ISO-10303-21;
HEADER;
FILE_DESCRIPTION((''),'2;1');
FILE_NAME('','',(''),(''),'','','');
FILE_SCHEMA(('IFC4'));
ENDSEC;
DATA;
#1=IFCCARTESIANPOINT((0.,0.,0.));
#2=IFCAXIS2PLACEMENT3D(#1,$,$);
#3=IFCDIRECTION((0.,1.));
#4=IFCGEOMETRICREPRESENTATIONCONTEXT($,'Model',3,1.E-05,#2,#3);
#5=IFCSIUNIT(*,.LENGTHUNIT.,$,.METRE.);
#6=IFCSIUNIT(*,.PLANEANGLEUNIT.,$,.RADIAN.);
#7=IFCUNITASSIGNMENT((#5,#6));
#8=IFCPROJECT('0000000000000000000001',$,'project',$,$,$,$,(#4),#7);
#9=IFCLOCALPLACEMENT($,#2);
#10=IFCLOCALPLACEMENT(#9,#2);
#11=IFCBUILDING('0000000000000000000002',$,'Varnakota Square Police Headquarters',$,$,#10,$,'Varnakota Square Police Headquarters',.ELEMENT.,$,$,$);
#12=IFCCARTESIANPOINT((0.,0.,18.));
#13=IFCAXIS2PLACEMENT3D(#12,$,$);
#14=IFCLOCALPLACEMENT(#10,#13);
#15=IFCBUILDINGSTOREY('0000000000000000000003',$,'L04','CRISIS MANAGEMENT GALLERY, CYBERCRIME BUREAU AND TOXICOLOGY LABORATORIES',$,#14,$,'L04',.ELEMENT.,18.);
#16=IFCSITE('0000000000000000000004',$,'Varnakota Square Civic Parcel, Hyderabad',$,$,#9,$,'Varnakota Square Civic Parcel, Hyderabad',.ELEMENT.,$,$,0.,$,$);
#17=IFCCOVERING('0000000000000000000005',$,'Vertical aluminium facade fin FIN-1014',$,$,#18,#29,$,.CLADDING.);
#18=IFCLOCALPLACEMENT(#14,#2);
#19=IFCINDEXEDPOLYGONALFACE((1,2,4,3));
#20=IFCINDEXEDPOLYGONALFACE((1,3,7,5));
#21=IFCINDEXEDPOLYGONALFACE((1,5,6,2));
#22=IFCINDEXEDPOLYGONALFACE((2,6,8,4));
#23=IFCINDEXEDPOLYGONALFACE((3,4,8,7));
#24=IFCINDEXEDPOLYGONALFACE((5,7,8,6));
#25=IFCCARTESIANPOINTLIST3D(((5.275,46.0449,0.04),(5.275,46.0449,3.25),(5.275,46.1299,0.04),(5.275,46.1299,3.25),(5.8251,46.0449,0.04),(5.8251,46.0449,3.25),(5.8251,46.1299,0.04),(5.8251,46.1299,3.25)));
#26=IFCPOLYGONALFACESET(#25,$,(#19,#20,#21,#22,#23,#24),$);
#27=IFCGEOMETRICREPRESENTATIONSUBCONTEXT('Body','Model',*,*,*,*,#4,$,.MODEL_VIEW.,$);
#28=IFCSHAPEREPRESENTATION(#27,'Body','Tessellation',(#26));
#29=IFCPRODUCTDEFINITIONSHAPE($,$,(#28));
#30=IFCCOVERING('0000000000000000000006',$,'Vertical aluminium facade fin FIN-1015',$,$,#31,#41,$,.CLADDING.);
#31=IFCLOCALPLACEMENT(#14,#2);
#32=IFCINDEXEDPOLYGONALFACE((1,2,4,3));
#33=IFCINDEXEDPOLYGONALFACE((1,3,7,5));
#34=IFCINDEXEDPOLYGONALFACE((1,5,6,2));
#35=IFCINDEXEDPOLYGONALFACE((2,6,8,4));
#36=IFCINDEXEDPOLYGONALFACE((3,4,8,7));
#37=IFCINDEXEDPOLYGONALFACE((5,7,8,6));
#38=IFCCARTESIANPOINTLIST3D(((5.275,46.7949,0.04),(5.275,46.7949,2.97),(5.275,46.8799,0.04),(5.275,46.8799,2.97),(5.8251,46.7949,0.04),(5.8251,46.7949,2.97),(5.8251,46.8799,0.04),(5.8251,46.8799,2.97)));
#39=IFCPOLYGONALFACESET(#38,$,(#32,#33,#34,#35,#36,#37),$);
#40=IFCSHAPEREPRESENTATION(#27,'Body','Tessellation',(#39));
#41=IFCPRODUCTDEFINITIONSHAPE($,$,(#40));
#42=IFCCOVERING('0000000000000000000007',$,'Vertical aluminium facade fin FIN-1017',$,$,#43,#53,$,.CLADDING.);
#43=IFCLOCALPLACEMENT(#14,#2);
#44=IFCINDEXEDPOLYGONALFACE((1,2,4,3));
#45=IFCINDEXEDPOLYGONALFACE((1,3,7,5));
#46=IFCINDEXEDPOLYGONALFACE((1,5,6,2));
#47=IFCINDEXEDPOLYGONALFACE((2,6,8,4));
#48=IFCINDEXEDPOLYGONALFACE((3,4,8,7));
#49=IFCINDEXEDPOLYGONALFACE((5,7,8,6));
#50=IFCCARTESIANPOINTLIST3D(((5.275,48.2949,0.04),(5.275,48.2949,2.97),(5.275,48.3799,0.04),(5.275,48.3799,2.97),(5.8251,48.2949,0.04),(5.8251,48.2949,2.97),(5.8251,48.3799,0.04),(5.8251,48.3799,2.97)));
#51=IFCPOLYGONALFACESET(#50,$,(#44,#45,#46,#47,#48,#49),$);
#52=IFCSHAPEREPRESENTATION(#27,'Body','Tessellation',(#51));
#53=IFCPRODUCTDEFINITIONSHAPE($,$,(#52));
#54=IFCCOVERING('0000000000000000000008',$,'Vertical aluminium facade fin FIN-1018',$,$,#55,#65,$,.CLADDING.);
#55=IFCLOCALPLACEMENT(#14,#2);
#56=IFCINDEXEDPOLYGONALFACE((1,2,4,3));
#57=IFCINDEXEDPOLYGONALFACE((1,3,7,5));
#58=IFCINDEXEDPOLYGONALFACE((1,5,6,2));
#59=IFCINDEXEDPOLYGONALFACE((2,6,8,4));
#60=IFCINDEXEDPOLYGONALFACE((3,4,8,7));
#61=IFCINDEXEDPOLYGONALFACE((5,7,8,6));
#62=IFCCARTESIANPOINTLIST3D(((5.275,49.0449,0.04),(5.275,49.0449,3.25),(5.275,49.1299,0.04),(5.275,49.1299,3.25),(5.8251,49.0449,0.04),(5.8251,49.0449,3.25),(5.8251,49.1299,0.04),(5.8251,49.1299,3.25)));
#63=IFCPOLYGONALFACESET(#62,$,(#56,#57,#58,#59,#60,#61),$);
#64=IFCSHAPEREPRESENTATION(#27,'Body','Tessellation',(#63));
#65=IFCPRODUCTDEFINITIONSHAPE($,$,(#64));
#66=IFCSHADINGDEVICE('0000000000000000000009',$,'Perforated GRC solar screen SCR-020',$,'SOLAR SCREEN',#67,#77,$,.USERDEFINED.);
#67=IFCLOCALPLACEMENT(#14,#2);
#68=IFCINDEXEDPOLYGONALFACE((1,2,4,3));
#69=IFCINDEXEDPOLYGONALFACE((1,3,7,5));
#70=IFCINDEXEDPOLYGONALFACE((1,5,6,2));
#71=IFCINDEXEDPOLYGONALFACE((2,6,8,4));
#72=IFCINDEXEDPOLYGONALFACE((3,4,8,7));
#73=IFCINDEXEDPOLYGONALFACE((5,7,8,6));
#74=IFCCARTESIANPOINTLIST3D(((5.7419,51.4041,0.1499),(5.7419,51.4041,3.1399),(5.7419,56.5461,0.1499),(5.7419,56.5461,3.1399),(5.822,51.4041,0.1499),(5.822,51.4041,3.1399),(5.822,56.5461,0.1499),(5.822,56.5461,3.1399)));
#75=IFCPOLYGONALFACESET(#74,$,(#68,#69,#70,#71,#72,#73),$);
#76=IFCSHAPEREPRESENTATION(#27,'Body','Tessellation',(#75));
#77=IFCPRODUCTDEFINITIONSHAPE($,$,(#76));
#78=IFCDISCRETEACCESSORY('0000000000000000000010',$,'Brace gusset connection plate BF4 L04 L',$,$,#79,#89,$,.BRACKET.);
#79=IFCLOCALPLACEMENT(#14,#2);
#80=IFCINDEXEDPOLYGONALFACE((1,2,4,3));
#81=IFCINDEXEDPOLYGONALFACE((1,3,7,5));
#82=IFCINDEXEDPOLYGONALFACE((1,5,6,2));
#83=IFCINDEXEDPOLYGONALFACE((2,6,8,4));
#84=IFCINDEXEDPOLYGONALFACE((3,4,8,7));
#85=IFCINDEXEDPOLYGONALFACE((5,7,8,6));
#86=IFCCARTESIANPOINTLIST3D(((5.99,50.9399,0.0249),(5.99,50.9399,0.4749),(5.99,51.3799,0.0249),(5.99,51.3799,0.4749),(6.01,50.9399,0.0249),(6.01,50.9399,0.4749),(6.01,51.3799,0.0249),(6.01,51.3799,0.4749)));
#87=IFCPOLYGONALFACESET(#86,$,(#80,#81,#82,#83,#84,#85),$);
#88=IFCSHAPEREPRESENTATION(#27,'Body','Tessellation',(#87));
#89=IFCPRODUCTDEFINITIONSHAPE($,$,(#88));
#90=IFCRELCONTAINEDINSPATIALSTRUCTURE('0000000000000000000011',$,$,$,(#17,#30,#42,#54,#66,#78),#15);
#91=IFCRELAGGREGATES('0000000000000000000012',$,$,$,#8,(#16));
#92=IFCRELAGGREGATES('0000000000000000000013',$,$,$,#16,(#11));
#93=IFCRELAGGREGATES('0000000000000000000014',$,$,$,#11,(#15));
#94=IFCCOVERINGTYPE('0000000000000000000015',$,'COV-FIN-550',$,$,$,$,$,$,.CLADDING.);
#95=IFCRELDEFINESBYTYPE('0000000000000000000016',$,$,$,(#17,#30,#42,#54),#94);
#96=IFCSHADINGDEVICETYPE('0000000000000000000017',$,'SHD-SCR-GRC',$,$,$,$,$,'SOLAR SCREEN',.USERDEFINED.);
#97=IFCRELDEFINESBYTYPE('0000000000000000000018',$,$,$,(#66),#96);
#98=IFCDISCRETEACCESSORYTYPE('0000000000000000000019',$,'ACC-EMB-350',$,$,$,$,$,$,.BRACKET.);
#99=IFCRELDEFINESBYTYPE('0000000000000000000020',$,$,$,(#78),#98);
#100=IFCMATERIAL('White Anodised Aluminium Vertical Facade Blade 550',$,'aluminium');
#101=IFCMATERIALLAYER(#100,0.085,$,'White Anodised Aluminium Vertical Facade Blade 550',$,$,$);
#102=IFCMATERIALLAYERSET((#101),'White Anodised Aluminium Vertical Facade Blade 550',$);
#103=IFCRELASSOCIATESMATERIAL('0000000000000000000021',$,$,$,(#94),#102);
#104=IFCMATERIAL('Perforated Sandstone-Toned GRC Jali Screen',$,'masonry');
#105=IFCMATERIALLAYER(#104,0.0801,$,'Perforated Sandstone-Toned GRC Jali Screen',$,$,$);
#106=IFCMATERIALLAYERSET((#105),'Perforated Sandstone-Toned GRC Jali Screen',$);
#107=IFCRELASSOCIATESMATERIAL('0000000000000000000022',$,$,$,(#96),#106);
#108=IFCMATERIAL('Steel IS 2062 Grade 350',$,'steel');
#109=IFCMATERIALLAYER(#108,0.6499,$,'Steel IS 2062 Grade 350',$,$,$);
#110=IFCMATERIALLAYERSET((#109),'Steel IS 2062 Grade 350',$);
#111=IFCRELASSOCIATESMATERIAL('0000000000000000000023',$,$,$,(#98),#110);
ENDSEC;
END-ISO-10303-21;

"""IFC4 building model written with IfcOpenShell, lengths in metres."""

from ifc_helpers import new_model, si_unit, direction, frame, origin, origin_2d, place, context, subcontext, project, spatial, rectangle, extrude, material, layer, layer_set, type_object, element, save


model = new_model("IFC4")

# Units and contexts
model_context = context("Model", 3, precision=1e-05, world=origin(), true_north=direction((0.0, 1.0)))
body_context = subcontext(model_context, "Body", "Model", "MODEL_VIEW")
ifc_project = project(units=[si_unit("LENGTHUNIT", "METRE"), si_unit("PLANEANGLEUNIT", "RADIAN")], contexts=[model_context])

# Site, building, storey
site_placement = place(None, origin())
site = spatial("IfcSite", under=ifc_project, at=site_placement, Name="Varnakota Square Civic Parcel, Hyderabad", LongName="Varnakota Square Civic Parcel, Hyderabad", CompositionType="ELEMENT", RefElevation=0.0)
building_placement = place(site_placement, origin())
building = spatial("IfcBuilding", under=site, at=building_placement, Name="Varnakota Square Police Headquarters", LongName="Varnakota Square Police Headquarters", CompositionType="ELEMENT")
storey_placement = place(building_placement, frame((0.0, 0.0, 18.0)))
storey = spatial("IfcBuildingStorey", under=building, at=storey_placement, Name="L04", Description="CRISIS MANAGEMENT GALLERY, CYBERCRIME BUREAU AND TOXICOLOGY LABORATORIES", LongName="L04", CompositionType="ELEMENT", Elevation=18.0)

# Shared definitions
ifc_material_1 = material(Name="Steel IS 2062 Grade 350", Category="steel")

# Coverings
ifc_material_2 = material(Name="White Anodised Aluminium Vertical Facade Blade 550", Category="aluminium")
ifc_layer_1 = layer(ifc_material_2, 0.085, Name="White Anodised Aluminium Vertical Facade Blade 550")
ifc_layer_set_1 = layer_set([ifc_layer_1], Name="White Anodised Aluminium Vertical Facade Blade 550")
covering_type_1 = type_object("IfcCoveringType", Name="COV-FIN-550", PredefinedType="CLADDING", material=ifc_layer_set_1)
covering_1_placement = place(storey_placement, frame((5.55, 46.0874, 0.04), z_axis=(0.0, 0.0, 1.0), x_axis=(0.0, 1.0, 0.0)))
element("IfcCovering", 1, at=covering_1_placement, inside=storey, type_object=covering_type_1, Name="Vertical aluminium facade fin FIN-1014", PredefinedType="CLADDING", context=body_context, shape_type="SweptSolid", body=[
    extrude(rectangle(XDim=0.085, YDim=0.55, at=origin_2d()), origin(), (0.0, 0.0, 1.0), 3.21),
])
for number, where, z_axis, x_axis, name in (
    (2, (5.55, 46.8374, 0.04), (0.0, 0.0, 1.0), (0.0, 1.0, 0.0), "Vertical aluminium facade fin FIN-1015"),
    (3, (5.55, 48.3374, 0.04), (0.0, 0.0, 1.0), (0.0, 1.0, 0.0), "Vertical aluminium facade fin FIN-1017"),
):
    element("IfcCovering", number, at=place(storey_placement, frame(where, z_axis=z_axis, x_axis=x_axis)), inside=storey, type_object=covering_type_1, Name=name, PredefinedType="CLADDING", context=body_context, shape_type="SweptSolid", body=[
        extrude(rectangle(XDim=0.085, YDim=0.55, at=origin_2d()), origin(), (0.0, 0.0, 1.0), 2.9299),
    ])
covering_2_placement = place(storey_placement, frame((5.55, 49.0874, 0.04), z_axis=(0.0, 0.0, 1.0), x_axis=(0.0, 1.0, 0.0)))
element("IfcCovering", 4, at=covering_2_placement, inside=storey, type_object=covering_type_1, Name="Vertical aluminium facade fin FIN-1018", PredefinedType="CLADDING", context=body_context, shape_type="SweptSolid", body=[
    extrude(rectangle(XDim=0.085, YDim=0.55, at=origin_2d()), origin(), (0.0, 0.0, 1.0), 3.21),
])

# Shading device
ifc_material_3 = material(Name="Perforated Sandstone-Toned GRC Jali Screen", Category="masonry")
ifc_layer_2 = layer(ifc_material_3, 0.0801, Name="Perforated Sandstone-Toned GRC Jali Screen")
ifc_layer_set_2 = layer_set([ifc_layer_2], Name="Perforated Sandstone-Toned GRC Jali Screen")
shading_device_type = type_object("IfcShadingDeviceType", Name="SHD-SCR-GRC", ElementType="SOLAR SCREEN", PredefinedType="USERDEFINED", material=ifc_layer_set_2)
shading_device_placement = place(storey_placement, frame((5.782, 53.9751, 0.1499), z_axis=(0.0, 0.0, 1.0), x_axis=(0.0, 1.0, 0.0)))
element("IfcShadingDevice", 5, at=shading_device_placement, inside=storey, type_object=shading_device_type, Name="Perforated GRC solar screen SCR-020", ObjectType="SOLAR SCREEN", PredefinedType="USERDEFINED", context=body_context, shape_type="SweptSolid", body=[
    extrude(rectangle(XDim=5.1421, YDim=0.0801, at=origin_2d()), origin(), (0.0, 0.0, 1.0), 2.99),
])

# Discrete accessory
ifc_layer_3 = layer(ifc_material_1, 0.6499, Name="Steel IS 2062 Grade 350")
ifc_layer_set_3 = layer_set([ifc_layer_3], Name="Steel IS 2062 Grade 350")
discrete_accessory_type = type_object("IfcDiscreteAccessoryType", Name="ACC-EMB-350", PredefinedType="BRACKET", material=ifc_layer_set_3)
discrete_accessory_placement = place(storey_placement, frame((6.0, 51.1599, 0.0249), z_axis=(0.0, 0.0, 1.0), x_axis=(0.0, 1.0, 0.0)))
element("IfcDiscreteAccessory", 6, at=discrete_accessory_placement, inside=storey, type_object=discrete_accessory_type, Name="Brace gusset connection plate BF4 L04 L", PredefinedType="BRACKET", context=body_context, shape_type="SweptSolid", body=[
    extrude(rectangle(XDim=0.4399, YDim=0.02, at=origin_2d()), origin(), (0.0, 0.0, 1.0), 0.45),
])

save(model, "model.ifc")
